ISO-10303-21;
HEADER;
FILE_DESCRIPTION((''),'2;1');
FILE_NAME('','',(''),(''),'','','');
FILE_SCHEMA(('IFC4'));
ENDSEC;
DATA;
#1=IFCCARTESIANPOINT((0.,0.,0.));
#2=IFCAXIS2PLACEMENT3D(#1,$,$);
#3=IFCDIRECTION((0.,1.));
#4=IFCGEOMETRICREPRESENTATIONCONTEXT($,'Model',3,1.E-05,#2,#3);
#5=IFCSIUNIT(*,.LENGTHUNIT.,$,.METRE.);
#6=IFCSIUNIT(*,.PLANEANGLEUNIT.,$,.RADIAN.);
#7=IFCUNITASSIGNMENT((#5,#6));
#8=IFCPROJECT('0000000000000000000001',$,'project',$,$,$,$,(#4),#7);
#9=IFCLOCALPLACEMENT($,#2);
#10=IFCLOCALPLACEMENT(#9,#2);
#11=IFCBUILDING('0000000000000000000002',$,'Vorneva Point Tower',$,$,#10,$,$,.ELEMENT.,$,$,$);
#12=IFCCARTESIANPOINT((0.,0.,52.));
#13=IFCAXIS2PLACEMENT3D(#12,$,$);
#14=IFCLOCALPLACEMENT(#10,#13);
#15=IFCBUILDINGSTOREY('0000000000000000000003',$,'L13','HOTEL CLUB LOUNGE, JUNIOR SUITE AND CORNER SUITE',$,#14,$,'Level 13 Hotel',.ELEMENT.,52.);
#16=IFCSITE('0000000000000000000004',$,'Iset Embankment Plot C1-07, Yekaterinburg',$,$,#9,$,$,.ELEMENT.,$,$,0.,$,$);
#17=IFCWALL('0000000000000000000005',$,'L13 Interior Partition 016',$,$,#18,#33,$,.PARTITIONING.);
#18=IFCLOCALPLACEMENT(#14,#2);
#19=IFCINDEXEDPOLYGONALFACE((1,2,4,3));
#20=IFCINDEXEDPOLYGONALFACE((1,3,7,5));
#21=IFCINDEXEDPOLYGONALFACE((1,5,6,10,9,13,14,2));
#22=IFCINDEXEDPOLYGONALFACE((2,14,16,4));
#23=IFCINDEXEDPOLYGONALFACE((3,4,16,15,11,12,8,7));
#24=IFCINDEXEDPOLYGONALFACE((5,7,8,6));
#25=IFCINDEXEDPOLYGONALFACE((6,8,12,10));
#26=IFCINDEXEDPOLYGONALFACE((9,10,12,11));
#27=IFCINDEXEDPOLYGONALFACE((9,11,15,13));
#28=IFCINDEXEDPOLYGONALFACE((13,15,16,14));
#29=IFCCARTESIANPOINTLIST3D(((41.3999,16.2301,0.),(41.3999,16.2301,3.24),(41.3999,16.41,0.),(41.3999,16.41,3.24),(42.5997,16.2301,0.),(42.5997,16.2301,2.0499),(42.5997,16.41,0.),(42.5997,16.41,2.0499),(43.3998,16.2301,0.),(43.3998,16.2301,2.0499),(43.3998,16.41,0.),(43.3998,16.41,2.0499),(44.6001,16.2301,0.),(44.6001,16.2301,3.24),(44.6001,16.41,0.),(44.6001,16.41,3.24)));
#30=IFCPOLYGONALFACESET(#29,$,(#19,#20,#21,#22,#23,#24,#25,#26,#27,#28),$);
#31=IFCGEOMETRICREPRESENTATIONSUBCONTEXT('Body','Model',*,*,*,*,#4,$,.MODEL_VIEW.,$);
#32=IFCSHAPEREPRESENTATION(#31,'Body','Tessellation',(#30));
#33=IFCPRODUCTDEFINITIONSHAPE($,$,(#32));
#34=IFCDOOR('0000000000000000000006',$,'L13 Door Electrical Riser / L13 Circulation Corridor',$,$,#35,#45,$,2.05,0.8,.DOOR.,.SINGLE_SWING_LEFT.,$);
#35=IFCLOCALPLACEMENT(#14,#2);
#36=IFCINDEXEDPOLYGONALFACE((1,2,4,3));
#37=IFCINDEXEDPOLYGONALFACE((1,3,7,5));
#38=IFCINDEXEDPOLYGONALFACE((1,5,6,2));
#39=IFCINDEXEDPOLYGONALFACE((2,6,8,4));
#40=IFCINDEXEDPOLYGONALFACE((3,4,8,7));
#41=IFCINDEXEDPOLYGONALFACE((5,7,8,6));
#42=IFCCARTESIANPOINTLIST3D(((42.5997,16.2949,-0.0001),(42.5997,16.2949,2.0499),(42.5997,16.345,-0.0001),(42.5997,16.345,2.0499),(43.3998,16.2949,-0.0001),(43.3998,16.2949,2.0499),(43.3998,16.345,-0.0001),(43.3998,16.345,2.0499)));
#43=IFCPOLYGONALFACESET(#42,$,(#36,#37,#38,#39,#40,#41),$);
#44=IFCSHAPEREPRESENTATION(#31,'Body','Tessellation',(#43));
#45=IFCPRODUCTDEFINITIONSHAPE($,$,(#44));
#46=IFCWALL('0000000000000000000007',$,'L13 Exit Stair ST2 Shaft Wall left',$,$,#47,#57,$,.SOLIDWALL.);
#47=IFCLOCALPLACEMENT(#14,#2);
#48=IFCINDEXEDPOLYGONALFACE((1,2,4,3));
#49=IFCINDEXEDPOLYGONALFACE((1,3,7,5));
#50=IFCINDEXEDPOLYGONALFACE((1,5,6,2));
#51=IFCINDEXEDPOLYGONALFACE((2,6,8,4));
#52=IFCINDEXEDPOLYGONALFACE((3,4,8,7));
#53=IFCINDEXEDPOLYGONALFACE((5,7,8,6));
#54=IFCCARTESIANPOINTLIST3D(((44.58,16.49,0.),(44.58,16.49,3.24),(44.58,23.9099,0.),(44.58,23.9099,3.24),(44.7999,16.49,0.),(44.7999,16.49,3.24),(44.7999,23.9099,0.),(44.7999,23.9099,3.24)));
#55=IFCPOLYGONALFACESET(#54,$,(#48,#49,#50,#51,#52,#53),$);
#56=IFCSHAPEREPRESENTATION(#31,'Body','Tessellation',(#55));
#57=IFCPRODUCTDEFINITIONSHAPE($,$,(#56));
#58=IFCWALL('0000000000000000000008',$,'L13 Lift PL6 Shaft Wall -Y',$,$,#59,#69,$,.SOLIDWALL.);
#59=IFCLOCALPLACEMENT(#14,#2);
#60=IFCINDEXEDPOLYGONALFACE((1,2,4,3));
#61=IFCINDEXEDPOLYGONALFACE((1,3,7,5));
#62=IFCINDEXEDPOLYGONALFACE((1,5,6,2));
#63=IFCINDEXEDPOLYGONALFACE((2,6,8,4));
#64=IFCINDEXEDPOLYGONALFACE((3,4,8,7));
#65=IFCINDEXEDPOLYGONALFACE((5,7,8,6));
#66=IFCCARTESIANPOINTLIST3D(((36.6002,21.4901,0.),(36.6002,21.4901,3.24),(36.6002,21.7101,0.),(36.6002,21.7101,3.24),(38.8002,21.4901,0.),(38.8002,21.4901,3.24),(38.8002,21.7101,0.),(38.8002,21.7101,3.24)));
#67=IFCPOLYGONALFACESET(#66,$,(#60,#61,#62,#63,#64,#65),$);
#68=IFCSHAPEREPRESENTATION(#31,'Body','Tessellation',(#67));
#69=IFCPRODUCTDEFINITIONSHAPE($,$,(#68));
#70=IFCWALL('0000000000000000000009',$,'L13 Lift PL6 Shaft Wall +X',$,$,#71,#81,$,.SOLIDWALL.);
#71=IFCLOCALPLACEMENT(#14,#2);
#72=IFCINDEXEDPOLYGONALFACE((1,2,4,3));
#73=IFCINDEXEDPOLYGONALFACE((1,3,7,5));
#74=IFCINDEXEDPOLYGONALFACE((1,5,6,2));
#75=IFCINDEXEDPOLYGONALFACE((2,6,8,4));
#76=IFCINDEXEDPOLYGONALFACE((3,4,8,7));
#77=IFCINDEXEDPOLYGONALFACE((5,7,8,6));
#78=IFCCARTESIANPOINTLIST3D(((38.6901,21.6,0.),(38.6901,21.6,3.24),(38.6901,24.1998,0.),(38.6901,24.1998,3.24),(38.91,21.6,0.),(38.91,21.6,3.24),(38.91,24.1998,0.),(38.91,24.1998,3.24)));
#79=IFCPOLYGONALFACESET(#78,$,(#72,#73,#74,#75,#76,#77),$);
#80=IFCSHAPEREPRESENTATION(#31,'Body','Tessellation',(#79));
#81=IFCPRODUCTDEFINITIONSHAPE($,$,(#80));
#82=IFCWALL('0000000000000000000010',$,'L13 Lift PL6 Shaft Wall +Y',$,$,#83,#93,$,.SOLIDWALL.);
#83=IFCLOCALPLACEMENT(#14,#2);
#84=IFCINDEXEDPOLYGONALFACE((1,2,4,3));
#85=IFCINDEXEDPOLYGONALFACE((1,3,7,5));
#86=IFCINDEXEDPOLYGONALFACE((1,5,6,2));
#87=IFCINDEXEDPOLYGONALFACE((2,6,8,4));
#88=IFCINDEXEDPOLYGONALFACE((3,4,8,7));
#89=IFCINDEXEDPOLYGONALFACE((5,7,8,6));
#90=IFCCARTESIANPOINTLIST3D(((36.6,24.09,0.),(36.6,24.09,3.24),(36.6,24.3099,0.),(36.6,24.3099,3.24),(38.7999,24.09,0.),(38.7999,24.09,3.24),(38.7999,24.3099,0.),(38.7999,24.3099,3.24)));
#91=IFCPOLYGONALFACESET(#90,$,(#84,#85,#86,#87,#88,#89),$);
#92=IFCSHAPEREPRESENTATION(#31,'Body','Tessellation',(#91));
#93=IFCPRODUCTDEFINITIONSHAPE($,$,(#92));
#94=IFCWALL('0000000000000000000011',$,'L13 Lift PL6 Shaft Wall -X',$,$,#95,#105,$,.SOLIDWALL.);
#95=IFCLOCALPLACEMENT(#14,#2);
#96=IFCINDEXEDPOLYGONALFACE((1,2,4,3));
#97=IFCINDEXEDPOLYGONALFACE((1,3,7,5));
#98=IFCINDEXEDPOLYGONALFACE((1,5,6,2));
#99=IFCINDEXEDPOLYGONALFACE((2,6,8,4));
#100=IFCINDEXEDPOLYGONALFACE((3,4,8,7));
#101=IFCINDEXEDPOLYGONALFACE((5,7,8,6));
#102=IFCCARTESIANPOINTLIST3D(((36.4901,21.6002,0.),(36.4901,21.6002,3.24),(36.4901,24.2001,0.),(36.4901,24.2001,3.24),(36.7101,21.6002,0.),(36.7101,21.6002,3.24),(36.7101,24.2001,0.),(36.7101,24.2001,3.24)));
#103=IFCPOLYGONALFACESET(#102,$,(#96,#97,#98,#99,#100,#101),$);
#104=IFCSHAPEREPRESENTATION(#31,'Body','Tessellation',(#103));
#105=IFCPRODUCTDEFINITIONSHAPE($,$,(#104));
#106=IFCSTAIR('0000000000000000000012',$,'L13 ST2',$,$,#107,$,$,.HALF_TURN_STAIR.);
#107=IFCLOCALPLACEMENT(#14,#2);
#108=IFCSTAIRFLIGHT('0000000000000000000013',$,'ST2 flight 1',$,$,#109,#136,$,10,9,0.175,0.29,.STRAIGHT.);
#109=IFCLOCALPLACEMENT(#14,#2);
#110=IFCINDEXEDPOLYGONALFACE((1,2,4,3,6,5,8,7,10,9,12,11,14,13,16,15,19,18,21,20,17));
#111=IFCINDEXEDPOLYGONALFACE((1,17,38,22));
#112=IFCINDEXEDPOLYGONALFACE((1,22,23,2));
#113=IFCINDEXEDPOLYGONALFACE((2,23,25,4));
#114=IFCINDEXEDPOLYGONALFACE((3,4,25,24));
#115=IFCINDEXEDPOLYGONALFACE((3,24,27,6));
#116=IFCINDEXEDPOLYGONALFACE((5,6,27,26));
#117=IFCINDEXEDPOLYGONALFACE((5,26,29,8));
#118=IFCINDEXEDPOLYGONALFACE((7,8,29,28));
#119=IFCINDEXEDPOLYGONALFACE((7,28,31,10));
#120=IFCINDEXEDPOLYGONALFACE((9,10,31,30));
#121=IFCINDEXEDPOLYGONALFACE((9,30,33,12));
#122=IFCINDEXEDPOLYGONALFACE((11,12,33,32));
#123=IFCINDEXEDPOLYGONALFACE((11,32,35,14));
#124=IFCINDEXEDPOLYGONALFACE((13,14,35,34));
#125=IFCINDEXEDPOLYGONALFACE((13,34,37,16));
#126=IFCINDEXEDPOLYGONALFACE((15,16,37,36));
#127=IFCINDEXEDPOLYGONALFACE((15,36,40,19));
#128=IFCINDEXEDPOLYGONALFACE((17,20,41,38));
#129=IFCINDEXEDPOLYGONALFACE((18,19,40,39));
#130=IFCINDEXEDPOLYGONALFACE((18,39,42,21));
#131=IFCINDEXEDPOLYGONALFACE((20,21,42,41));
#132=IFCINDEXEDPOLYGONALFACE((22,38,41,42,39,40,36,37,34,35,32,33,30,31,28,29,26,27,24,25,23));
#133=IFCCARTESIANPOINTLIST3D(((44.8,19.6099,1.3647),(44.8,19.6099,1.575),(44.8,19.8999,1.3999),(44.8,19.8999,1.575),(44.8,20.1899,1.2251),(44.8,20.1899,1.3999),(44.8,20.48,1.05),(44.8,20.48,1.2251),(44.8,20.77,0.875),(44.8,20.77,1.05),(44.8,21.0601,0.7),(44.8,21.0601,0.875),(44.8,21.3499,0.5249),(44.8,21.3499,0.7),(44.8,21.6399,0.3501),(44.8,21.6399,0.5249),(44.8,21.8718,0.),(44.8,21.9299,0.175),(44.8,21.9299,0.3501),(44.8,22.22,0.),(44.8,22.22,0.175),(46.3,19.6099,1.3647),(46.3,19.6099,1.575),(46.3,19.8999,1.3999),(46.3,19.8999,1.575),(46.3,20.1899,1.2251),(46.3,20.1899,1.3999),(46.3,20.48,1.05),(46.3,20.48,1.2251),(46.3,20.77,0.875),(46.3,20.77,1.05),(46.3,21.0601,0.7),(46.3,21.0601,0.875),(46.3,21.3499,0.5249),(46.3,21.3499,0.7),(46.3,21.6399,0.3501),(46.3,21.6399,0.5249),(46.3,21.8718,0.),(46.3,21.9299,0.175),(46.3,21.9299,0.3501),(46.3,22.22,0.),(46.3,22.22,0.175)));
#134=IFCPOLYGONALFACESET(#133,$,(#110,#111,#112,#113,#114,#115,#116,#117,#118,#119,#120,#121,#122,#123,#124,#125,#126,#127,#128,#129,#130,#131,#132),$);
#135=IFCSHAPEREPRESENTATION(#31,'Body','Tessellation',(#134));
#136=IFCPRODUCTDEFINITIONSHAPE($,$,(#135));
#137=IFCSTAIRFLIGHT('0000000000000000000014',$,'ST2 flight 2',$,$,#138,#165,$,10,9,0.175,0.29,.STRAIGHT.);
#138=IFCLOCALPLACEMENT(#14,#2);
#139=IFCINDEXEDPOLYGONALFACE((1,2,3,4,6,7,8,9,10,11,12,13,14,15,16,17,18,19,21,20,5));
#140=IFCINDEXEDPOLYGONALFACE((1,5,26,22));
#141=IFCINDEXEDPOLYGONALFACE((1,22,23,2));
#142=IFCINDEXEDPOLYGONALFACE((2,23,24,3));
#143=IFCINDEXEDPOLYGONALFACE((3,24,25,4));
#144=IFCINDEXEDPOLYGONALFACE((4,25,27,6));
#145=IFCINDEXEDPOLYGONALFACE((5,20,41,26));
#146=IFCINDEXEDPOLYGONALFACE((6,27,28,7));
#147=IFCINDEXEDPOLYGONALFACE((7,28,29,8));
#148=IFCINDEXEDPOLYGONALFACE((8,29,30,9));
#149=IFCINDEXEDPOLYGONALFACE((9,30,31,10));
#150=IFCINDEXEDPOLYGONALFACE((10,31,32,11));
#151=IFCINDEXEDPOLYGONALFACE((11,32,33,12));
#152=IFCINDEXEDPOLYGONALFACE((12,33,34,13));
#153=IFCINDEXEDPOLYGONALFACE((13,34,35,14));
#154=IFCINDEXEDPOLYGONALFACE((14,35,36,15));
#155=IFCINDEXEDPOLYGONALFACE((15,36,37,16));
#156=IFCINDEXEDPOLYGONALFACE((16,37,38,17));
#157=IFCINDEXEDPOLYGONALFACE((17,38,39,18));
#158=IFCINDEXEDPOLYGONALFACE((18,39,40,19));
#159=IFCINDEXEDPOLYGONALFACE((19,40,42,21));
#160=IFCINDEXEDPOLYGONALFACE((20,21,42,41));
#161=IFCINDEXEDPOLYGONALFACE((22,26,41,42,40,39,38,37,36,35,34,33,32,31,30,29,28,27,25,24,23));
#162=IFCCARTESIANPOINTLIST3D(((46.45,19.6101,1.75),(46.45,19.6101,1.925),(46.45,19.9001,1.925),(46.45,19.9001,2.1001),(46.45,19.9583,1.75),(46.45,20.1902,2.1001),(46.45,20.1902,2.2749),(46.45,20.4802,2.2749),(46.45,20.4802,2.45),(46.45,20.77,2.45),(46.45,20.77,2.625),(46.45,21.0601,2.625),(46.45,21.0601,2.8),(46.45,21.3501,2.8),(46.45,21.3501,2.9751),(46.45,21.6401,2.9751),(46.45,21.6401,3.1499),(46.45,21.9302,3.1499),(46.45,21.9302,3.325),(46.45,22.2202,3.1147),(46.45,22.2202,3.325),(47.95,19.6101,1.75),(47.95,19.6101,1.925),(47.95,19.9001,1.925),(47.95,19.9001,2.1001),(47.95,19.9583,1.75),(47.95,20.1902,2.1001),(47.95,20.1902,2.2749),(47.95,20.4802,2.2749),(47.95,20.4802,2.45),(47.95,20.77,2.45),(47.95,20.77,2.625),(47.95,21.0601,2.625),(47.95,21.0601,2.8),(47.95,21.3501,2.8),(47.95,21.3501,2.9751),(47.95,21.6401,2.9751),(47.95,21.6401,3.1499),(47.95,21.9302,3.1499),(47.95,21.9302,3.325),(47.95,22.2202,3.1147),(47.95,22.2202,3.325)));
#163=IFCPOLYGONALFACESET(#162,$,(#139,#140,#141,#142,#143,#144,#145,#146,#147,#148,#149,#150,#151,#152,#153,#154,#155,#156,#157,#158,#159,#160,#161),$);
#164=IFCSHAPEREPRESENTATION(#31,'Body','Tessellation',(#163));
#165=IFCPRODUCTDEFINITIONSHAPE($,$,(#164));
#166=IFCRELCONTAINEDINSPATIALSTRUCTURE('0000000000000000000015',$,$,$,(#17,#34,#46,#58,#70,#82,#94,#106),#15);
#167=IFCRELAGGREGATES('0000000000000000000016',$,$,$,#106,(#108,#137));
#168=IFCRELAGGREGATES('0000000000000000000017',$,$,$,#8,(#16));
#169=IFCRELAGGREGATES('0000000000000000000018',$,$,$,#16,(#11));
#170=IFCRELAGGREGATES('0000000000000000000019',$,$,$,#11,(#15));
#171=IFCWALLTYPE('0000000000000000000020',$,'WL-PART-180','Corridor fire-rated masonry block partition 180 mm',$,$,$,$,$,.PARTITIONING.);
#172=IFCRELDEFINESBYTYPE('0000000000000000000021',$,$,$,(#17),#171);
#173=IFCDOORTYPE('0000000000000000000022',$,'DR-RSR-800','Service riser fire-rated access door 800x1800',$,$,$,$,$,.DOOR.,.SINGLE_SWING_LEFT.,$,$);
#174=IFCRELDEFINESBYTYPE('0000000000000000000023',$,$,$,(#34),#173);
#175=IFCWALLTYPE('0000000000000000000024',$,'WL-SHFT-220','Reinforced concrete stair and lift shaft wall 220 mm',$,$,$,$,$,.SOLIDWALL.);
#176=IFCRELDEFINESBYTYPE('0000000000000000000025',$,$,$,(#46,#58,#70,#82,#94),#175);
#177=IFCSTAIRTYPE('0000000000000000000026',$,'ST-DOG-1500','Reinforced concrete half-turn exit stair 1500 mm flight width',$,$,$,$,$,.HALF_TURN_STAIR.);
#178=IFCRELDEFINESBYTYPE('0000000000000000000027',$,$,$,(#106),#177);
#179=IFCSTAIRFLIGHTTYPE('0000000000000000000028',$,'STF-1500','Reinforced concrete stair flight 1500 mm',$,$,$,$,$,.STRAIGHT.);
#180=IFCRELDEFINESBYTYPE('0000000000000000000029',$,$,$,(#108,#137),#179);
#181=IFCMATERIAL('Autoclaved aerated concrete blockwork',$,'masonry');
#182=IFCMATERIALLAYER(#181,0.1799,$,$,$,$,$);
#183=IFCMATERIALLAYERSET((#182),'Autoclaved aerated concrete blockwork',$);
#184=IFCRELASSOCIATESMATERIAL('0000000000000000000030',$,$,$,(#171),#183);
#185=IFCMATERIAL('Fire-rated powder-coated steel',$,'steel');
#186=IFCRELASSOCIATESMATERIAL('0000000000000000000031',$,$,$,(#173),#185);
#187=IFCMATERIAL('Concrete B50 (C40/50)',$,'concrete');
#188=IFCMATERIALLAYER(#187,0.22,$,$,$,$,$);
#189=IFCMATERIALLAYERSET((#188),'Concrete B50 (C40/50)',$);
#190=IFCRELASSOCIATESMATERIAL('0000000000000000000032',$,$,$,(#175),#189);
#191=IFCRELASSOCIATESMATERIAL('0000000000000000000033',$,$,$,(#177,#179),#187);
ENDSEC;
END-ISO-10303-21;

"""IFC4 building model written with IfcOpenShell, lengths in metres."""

from ifc_helpers import new_model, si_unit, direction, frame, frame_2d, origin, place, context, subcontext, project, spatial, polyline, rectangle, outline, extrude, material, layer, layer_set, type_object, element, fill, aggregate, save


model = new_model("IFC4")

# Units and contexts
model_context = context("Model", 3, precision=1e-05, world=origin(), true_north=direction((0.0, 1.0)))
body_context = subcontext(model_context, "Body", "Model", "MODEL_VIEW")
ifc_project = project(units=[si_unit("LENGTHUNIT", "METRE"), si_unit("PLANEANGLEUNIT", "RADIAN")], contexts=[model_context])

# Site, building, storey
site_placement = place(None, origin())
site = spatial("IfcSite", under=ifc_project, at=site_placement, Name="Iset Embankment Plot C1-07, Yekaterinburg", CompositionType="ELEMENT", RefElevation=0.0)
building_placement = place(site_placement, origin())
building = spatial("IfcBuilding", under=site, at=building_placement, Name="Vorneva Point Tower", CompositionType="ELEMENT")
storey_placement = place(building_placement, frame((0.0, 0.0, 52.0)))
storey = spatial("IfcBuildingStorey", under=building, at=storey_placement, Name="L13", Description="HOTEL CLUB LOUNGE, JUNIOR SUITE AND CORNER SUITE", LongName="Level 13 Hotel", CompositionType="ELEMENT", Elevation=52.0)

# Shared definitions
ifc_material_1 = material(Name="Autoclaved aerated concrete blockwork", Category="masonry")
ifc_layer_1 = layer(ifc_material_1, 0.1799)
ifc_layer_set_1 = layer_set([ifc_layer_1], Name="Autoclaved aerated concrete blockwork")
wall_type_1 = type_object("IfcWallType", Name="WL-PART-180", Description="Corridor fire-rated masonry block partition 180 mm", PredefinedType="PARTITIONING", material=ifc_layer_set_1)

# Wall, opening, door
ifc_material_2 = material(Name="Fire-rated powder-coated steel", Category="steel")
door_type_1 = type_object("IfcDoorType", Name="DR-RSR-800", Description="Service riser fire-rated access door 800x1800", OperationType="SINGLE_SWING_LEFT", PredefinedType="DOOR", material=ifc_material_2)
wall_1_placement = place(storey_placement, frame((41.3999, 16.3201, 0.0), z_axis=(0.0, 0.0, 1.0), x_axis=(1.0, 0.0, 0.0)))
wall_1 = element("IfcWall", 1, at=wall_1_placement, inside=storey, type_object=wall_type_1, Name="L13 Interior Partition 016", PredefinedType="PARTITIONING", context=body_context, shape_type="SweptSolid", body=[
    extrude(rectangle(XDim=3.2002, YDim=0.1799, at=frame_2d((1.6001, 0.0))), origin(), (0.0, 0.0, 1.0), 3.24),
])
opening_1_placement = place(wall_1_placement, frame((1.2, 0.0, 0.0)))
opening_1 = element("IfcOpeningElement", 2, at=opening_1_placement, cuts=wall_1, PredefinedType="OPENING", context=body_context, shape_type="SweptSolid", body=[
    extrude(rectangle(XDim=0.8, YDim=2.05, at=frame_2d((0.3999, 1.0249))), frame((0.0, 0.105, 0.0), z_axis=(0.0, -1.0, 0.0), x_axis=(1.0, 0.0, 0.0)), (0.0, 0.0, 1.0), 0.2097),
])
door_1_placement = place(opening_1_placement, origin())
door_1 = element("IfcDoor", 3, at=door_1_placement, inside=storey, type_object=door_type_1, Name="L13 Door Electrical Riser / L13 Circulation Corridor", OperationType="SINGLE_SWING_LEFT", OverallHeight=2.05, OverallWidth=0.8, PredefinedType="DOOR", context=body_context, shape_type="SweptSolid", body=[
    extrude(rectangle(XDim=0.8, YDim=2.05, at=frame_2d((0.3999, 1.0249))), frame((0.0, 0.0249, 0.0), z_axis=(0.0, -1.0, 0.0), x_axis=(1.0, 0.0, 0.0)), (0.0, 0.0, 1.0), 0.05),
])
fill(opening_1, door_1)
ifc_material_3 = material(Name="Concrete B50 (C40/50)", Category="concrete")
ifc_layer_2 = layer(ifc_material_3, 0.22)
ifc_layer_set_2 = layer_set([ifc_layer_2], Name="Concrete B50 (C40/50)")
wall_type_2 = type_object("IfcWallType", Name="WL-SHFT-220", Description="Reinforced concrete stair and lift shaft wall 220 mm", PredefinedType="SOLIDWALL", material=ifc_layer_set_2)

# Walls
wall_2_placement = place(storey_placement, frame((44.6899, 16.49, 0.0), z_axis=(0.0, 0.0, 1.0), x_axis=(0.0, 1.0, 0.0)))
element("IfcWall", 4, at=wall_2_placement, inside=storey, type_object=wall_type_2, Name="L13 Exit Stair ST2 Shaft Wall left", PredefinedType="SOLIDWALL", context=body_context, shape_type="SweptSolid", body=[
    extrude(rectangle(XDim=7.4199, YDim=0.22, at=frame_2d((3.71, 0.0))), origin(), (0.0, 0.0, 1.0), 3.24),
])
wall_3_placement = place(storey_placement, frame((36.6001, 21.6001, 0.0), z_axis=(0.0, 0.0, 1.0), x_axis=(1.0, 0.0, 0.0)))
element("IfcWall", 5, at=wall_3_placement, inside=storey, type_object=wall_type_2, Name="L13 Lift PL6 Shaft Wall -Y", PredefinedType="SOLIDWALL", context=body_context, shape_type="SweptSolid", body=[
    extrude(rectangle(XDim=2.2, YDim=0.22, at=frame_2d((1.1001, 0.0))), origin(), (0.0, 0.0, 1.0), 3.24),
])
wall_4_placement = place(storey_placement, frame((38.8, 21.6001, 0.0), z_axis=(0.0, 0.0, 1.0), x_axis=(0.0, 1.0, 0.0)))
element("IfcWall", 6, at=wall_4_placement, inside=storey, type_object=wall_type_2, Name="L13 Lift PL6 Shaft Wall +X", PredefinedType="SOLIDWALL", context=body_context, shape_type="SweptSolid", body=[
    extrude(rectangle(XDim=2.5999, YDim=0.22, at=frame_2d((1.2998, 0.0))), origin(), (0.0, 0.0, 1.0), 3.24),
])
wall_5_placement = place(storey_placement, frame((38.8, 24.2, 0.0), z_axis=(0.0, 0.0, 1.0), x_axis=(-1.0, 0.0, 0.0)))
element("IfcWall", 7, at=wall_5_placement, inside=storey, type_object=wall_type_2, Name="L13 Lift PL6 Shaft Wall +Y", PredefinedType="SOLIDWALL", context=body_context, shape_type="SweptSolid", body=[
    extrude(rectangle(XDim=2.2, YDim=0.22, at=frame_2d((1.1001, 0.0))), origin(), (0.0, 0.0, 1.0), 3.24),
])
wall_6_placement = place(storey_placement, frame((36.6001, 24.2, 0.0), z_axis=(0.0, 0.0, 1.0), x_axis=(0.0, -1.0, 0.0)))
element("IfcWall", 8, at=wall_6_placement, inside=storey, type_object=wall_type_2, Name="L13 Lift PL6 Shaft Wall -X", PredefinedType="SOLIDWALL", context=body_context, shape_type="SweptSolid", body=[
    extrude(rectangle(XDim=2.5999, YDim=0.22, at=frame_2d((1.2998, 0.0))), origin(), (0.0, 0.0, 1.0), 3.24),
])

# Stair, stair flights
stair_type = type_object("IfcStairType", Name="ST-DOG-1500", Description="Reinforced concrete half-turn exit stair 1500 mm flight width", PredefinedType="HALF_TURN_STAIR", material=ifc_material_3)
stair_placement = place(storey_placement, origin())
stair = element("IfcStair", 9, at=stair_placement, inside=storey, type_object=stair_type, Name="L13 ST2", PredefinedType="HALF_TURN_STAIR")
stair_flight_type = type_object("IfcStairFlightType", Name="STF-1500", Description="Reinforced concrete stair flight 1500 mm", PredefinedType="STRAIGHT", material=ifc_material_3)
stair_flight_1_placement = place(storey_placement, frame((45.55, 22.22, 0.0), z_axis=(0.0, 0.0, 1.0), x_axis=(0.0, -1.0, 0.0)))
stair_flight_1 = element("IfcStairFlight", 10, at=stair_flight_1_placement, type_object=stair_flight_type, Name="ST2 flight 1", NumberOfRisers=10, NumberOfTreads=9, PredefinedType="STRAIGHT", RiserHeight=0.175, TreadLength=0.29, context=body_context, shape_type="SweptSolid", body=[
    extrude(outline(polyline([(0.0, 0.0), (0.0, 0.175), (0.29, 0.175), (0.29, 0.3501), (0.5801, 0.3501), (0.5801, 0.5249), (0.8701, 0.5249), (0.8701, 0.7), (1.1599, 0.7), (1.1599, 0.875), (1.45, 0.875), (1.45, 1.05), (1.74, 1.05), (1.74, 1.2251), (2.03, 1.2251), (2.03, 1.3999), (2.3201, 1.3999), (2.3201, 1.575), (2.6101, 1.575), (2.6101, 1.75), (2.6101, 1.3647), (0.3481, 0.0), (0.0, 0.0)])), frame((0.0, 0.75, 0.0), z_axis=(0.0, -1.0, 0.0), x_axis=(1.0, 0.0, 0.0)), (0.0, 0.0, 1.0), 1.5),
])
stair_flight_2_placement = place(storey_placement, frame((47.2, 19.6101, 1.75), z_axis=(0.0, 0.0, 1.0), x_axis=(0.0, 1.0, 0.0)))
stair_flight_2 = element("IfcStairFlight", 11, at=stair_flight_2_placement, type_object=stair_flight_type, Name="ST2 flight 2", NumberOfRisers=10, NumberOfTreads=9, PredefinedType="STRAIGHT", RiserHeight=0.175, TreadLength=0.29, context=body_context, shape_type="SweptSolid", body=[
    extrude(outline(polyline([(0.0, 0.0), (0.0, 0.175), (0.29, 0.175), (0.29, 0.3501), (0.5801, 0.3501), (0.5801, 0.5249), (0.8701, 0.5249), (0.8701, 0.7), (1.1599, 0.7), (1.1599, 0.875), (1.45, 0.875), (1.45, 1.05), (1.74, 1.05), (1.74, 1.2251), (2.03, 1.2251), (2.03, 1.3999), (2.3201, 1.3999), (2.3201, 1.575), (2.6101, 1.575), (2.6101, 1.75), (2.6101, 1.3647), (0.3481, 0.0), (0.0, 0.0)])), frame((0.0, 0.75, 0.0), z_axis=(0.0, -1.0, 0.0), x_axis=(1.0, 0.0, 0.0)), (0.0, 0.0, 1.0), 1.5),
])
aggregate(stair, [stair_flight_1, stair_flight_2])

save(model, "model.ifc")
